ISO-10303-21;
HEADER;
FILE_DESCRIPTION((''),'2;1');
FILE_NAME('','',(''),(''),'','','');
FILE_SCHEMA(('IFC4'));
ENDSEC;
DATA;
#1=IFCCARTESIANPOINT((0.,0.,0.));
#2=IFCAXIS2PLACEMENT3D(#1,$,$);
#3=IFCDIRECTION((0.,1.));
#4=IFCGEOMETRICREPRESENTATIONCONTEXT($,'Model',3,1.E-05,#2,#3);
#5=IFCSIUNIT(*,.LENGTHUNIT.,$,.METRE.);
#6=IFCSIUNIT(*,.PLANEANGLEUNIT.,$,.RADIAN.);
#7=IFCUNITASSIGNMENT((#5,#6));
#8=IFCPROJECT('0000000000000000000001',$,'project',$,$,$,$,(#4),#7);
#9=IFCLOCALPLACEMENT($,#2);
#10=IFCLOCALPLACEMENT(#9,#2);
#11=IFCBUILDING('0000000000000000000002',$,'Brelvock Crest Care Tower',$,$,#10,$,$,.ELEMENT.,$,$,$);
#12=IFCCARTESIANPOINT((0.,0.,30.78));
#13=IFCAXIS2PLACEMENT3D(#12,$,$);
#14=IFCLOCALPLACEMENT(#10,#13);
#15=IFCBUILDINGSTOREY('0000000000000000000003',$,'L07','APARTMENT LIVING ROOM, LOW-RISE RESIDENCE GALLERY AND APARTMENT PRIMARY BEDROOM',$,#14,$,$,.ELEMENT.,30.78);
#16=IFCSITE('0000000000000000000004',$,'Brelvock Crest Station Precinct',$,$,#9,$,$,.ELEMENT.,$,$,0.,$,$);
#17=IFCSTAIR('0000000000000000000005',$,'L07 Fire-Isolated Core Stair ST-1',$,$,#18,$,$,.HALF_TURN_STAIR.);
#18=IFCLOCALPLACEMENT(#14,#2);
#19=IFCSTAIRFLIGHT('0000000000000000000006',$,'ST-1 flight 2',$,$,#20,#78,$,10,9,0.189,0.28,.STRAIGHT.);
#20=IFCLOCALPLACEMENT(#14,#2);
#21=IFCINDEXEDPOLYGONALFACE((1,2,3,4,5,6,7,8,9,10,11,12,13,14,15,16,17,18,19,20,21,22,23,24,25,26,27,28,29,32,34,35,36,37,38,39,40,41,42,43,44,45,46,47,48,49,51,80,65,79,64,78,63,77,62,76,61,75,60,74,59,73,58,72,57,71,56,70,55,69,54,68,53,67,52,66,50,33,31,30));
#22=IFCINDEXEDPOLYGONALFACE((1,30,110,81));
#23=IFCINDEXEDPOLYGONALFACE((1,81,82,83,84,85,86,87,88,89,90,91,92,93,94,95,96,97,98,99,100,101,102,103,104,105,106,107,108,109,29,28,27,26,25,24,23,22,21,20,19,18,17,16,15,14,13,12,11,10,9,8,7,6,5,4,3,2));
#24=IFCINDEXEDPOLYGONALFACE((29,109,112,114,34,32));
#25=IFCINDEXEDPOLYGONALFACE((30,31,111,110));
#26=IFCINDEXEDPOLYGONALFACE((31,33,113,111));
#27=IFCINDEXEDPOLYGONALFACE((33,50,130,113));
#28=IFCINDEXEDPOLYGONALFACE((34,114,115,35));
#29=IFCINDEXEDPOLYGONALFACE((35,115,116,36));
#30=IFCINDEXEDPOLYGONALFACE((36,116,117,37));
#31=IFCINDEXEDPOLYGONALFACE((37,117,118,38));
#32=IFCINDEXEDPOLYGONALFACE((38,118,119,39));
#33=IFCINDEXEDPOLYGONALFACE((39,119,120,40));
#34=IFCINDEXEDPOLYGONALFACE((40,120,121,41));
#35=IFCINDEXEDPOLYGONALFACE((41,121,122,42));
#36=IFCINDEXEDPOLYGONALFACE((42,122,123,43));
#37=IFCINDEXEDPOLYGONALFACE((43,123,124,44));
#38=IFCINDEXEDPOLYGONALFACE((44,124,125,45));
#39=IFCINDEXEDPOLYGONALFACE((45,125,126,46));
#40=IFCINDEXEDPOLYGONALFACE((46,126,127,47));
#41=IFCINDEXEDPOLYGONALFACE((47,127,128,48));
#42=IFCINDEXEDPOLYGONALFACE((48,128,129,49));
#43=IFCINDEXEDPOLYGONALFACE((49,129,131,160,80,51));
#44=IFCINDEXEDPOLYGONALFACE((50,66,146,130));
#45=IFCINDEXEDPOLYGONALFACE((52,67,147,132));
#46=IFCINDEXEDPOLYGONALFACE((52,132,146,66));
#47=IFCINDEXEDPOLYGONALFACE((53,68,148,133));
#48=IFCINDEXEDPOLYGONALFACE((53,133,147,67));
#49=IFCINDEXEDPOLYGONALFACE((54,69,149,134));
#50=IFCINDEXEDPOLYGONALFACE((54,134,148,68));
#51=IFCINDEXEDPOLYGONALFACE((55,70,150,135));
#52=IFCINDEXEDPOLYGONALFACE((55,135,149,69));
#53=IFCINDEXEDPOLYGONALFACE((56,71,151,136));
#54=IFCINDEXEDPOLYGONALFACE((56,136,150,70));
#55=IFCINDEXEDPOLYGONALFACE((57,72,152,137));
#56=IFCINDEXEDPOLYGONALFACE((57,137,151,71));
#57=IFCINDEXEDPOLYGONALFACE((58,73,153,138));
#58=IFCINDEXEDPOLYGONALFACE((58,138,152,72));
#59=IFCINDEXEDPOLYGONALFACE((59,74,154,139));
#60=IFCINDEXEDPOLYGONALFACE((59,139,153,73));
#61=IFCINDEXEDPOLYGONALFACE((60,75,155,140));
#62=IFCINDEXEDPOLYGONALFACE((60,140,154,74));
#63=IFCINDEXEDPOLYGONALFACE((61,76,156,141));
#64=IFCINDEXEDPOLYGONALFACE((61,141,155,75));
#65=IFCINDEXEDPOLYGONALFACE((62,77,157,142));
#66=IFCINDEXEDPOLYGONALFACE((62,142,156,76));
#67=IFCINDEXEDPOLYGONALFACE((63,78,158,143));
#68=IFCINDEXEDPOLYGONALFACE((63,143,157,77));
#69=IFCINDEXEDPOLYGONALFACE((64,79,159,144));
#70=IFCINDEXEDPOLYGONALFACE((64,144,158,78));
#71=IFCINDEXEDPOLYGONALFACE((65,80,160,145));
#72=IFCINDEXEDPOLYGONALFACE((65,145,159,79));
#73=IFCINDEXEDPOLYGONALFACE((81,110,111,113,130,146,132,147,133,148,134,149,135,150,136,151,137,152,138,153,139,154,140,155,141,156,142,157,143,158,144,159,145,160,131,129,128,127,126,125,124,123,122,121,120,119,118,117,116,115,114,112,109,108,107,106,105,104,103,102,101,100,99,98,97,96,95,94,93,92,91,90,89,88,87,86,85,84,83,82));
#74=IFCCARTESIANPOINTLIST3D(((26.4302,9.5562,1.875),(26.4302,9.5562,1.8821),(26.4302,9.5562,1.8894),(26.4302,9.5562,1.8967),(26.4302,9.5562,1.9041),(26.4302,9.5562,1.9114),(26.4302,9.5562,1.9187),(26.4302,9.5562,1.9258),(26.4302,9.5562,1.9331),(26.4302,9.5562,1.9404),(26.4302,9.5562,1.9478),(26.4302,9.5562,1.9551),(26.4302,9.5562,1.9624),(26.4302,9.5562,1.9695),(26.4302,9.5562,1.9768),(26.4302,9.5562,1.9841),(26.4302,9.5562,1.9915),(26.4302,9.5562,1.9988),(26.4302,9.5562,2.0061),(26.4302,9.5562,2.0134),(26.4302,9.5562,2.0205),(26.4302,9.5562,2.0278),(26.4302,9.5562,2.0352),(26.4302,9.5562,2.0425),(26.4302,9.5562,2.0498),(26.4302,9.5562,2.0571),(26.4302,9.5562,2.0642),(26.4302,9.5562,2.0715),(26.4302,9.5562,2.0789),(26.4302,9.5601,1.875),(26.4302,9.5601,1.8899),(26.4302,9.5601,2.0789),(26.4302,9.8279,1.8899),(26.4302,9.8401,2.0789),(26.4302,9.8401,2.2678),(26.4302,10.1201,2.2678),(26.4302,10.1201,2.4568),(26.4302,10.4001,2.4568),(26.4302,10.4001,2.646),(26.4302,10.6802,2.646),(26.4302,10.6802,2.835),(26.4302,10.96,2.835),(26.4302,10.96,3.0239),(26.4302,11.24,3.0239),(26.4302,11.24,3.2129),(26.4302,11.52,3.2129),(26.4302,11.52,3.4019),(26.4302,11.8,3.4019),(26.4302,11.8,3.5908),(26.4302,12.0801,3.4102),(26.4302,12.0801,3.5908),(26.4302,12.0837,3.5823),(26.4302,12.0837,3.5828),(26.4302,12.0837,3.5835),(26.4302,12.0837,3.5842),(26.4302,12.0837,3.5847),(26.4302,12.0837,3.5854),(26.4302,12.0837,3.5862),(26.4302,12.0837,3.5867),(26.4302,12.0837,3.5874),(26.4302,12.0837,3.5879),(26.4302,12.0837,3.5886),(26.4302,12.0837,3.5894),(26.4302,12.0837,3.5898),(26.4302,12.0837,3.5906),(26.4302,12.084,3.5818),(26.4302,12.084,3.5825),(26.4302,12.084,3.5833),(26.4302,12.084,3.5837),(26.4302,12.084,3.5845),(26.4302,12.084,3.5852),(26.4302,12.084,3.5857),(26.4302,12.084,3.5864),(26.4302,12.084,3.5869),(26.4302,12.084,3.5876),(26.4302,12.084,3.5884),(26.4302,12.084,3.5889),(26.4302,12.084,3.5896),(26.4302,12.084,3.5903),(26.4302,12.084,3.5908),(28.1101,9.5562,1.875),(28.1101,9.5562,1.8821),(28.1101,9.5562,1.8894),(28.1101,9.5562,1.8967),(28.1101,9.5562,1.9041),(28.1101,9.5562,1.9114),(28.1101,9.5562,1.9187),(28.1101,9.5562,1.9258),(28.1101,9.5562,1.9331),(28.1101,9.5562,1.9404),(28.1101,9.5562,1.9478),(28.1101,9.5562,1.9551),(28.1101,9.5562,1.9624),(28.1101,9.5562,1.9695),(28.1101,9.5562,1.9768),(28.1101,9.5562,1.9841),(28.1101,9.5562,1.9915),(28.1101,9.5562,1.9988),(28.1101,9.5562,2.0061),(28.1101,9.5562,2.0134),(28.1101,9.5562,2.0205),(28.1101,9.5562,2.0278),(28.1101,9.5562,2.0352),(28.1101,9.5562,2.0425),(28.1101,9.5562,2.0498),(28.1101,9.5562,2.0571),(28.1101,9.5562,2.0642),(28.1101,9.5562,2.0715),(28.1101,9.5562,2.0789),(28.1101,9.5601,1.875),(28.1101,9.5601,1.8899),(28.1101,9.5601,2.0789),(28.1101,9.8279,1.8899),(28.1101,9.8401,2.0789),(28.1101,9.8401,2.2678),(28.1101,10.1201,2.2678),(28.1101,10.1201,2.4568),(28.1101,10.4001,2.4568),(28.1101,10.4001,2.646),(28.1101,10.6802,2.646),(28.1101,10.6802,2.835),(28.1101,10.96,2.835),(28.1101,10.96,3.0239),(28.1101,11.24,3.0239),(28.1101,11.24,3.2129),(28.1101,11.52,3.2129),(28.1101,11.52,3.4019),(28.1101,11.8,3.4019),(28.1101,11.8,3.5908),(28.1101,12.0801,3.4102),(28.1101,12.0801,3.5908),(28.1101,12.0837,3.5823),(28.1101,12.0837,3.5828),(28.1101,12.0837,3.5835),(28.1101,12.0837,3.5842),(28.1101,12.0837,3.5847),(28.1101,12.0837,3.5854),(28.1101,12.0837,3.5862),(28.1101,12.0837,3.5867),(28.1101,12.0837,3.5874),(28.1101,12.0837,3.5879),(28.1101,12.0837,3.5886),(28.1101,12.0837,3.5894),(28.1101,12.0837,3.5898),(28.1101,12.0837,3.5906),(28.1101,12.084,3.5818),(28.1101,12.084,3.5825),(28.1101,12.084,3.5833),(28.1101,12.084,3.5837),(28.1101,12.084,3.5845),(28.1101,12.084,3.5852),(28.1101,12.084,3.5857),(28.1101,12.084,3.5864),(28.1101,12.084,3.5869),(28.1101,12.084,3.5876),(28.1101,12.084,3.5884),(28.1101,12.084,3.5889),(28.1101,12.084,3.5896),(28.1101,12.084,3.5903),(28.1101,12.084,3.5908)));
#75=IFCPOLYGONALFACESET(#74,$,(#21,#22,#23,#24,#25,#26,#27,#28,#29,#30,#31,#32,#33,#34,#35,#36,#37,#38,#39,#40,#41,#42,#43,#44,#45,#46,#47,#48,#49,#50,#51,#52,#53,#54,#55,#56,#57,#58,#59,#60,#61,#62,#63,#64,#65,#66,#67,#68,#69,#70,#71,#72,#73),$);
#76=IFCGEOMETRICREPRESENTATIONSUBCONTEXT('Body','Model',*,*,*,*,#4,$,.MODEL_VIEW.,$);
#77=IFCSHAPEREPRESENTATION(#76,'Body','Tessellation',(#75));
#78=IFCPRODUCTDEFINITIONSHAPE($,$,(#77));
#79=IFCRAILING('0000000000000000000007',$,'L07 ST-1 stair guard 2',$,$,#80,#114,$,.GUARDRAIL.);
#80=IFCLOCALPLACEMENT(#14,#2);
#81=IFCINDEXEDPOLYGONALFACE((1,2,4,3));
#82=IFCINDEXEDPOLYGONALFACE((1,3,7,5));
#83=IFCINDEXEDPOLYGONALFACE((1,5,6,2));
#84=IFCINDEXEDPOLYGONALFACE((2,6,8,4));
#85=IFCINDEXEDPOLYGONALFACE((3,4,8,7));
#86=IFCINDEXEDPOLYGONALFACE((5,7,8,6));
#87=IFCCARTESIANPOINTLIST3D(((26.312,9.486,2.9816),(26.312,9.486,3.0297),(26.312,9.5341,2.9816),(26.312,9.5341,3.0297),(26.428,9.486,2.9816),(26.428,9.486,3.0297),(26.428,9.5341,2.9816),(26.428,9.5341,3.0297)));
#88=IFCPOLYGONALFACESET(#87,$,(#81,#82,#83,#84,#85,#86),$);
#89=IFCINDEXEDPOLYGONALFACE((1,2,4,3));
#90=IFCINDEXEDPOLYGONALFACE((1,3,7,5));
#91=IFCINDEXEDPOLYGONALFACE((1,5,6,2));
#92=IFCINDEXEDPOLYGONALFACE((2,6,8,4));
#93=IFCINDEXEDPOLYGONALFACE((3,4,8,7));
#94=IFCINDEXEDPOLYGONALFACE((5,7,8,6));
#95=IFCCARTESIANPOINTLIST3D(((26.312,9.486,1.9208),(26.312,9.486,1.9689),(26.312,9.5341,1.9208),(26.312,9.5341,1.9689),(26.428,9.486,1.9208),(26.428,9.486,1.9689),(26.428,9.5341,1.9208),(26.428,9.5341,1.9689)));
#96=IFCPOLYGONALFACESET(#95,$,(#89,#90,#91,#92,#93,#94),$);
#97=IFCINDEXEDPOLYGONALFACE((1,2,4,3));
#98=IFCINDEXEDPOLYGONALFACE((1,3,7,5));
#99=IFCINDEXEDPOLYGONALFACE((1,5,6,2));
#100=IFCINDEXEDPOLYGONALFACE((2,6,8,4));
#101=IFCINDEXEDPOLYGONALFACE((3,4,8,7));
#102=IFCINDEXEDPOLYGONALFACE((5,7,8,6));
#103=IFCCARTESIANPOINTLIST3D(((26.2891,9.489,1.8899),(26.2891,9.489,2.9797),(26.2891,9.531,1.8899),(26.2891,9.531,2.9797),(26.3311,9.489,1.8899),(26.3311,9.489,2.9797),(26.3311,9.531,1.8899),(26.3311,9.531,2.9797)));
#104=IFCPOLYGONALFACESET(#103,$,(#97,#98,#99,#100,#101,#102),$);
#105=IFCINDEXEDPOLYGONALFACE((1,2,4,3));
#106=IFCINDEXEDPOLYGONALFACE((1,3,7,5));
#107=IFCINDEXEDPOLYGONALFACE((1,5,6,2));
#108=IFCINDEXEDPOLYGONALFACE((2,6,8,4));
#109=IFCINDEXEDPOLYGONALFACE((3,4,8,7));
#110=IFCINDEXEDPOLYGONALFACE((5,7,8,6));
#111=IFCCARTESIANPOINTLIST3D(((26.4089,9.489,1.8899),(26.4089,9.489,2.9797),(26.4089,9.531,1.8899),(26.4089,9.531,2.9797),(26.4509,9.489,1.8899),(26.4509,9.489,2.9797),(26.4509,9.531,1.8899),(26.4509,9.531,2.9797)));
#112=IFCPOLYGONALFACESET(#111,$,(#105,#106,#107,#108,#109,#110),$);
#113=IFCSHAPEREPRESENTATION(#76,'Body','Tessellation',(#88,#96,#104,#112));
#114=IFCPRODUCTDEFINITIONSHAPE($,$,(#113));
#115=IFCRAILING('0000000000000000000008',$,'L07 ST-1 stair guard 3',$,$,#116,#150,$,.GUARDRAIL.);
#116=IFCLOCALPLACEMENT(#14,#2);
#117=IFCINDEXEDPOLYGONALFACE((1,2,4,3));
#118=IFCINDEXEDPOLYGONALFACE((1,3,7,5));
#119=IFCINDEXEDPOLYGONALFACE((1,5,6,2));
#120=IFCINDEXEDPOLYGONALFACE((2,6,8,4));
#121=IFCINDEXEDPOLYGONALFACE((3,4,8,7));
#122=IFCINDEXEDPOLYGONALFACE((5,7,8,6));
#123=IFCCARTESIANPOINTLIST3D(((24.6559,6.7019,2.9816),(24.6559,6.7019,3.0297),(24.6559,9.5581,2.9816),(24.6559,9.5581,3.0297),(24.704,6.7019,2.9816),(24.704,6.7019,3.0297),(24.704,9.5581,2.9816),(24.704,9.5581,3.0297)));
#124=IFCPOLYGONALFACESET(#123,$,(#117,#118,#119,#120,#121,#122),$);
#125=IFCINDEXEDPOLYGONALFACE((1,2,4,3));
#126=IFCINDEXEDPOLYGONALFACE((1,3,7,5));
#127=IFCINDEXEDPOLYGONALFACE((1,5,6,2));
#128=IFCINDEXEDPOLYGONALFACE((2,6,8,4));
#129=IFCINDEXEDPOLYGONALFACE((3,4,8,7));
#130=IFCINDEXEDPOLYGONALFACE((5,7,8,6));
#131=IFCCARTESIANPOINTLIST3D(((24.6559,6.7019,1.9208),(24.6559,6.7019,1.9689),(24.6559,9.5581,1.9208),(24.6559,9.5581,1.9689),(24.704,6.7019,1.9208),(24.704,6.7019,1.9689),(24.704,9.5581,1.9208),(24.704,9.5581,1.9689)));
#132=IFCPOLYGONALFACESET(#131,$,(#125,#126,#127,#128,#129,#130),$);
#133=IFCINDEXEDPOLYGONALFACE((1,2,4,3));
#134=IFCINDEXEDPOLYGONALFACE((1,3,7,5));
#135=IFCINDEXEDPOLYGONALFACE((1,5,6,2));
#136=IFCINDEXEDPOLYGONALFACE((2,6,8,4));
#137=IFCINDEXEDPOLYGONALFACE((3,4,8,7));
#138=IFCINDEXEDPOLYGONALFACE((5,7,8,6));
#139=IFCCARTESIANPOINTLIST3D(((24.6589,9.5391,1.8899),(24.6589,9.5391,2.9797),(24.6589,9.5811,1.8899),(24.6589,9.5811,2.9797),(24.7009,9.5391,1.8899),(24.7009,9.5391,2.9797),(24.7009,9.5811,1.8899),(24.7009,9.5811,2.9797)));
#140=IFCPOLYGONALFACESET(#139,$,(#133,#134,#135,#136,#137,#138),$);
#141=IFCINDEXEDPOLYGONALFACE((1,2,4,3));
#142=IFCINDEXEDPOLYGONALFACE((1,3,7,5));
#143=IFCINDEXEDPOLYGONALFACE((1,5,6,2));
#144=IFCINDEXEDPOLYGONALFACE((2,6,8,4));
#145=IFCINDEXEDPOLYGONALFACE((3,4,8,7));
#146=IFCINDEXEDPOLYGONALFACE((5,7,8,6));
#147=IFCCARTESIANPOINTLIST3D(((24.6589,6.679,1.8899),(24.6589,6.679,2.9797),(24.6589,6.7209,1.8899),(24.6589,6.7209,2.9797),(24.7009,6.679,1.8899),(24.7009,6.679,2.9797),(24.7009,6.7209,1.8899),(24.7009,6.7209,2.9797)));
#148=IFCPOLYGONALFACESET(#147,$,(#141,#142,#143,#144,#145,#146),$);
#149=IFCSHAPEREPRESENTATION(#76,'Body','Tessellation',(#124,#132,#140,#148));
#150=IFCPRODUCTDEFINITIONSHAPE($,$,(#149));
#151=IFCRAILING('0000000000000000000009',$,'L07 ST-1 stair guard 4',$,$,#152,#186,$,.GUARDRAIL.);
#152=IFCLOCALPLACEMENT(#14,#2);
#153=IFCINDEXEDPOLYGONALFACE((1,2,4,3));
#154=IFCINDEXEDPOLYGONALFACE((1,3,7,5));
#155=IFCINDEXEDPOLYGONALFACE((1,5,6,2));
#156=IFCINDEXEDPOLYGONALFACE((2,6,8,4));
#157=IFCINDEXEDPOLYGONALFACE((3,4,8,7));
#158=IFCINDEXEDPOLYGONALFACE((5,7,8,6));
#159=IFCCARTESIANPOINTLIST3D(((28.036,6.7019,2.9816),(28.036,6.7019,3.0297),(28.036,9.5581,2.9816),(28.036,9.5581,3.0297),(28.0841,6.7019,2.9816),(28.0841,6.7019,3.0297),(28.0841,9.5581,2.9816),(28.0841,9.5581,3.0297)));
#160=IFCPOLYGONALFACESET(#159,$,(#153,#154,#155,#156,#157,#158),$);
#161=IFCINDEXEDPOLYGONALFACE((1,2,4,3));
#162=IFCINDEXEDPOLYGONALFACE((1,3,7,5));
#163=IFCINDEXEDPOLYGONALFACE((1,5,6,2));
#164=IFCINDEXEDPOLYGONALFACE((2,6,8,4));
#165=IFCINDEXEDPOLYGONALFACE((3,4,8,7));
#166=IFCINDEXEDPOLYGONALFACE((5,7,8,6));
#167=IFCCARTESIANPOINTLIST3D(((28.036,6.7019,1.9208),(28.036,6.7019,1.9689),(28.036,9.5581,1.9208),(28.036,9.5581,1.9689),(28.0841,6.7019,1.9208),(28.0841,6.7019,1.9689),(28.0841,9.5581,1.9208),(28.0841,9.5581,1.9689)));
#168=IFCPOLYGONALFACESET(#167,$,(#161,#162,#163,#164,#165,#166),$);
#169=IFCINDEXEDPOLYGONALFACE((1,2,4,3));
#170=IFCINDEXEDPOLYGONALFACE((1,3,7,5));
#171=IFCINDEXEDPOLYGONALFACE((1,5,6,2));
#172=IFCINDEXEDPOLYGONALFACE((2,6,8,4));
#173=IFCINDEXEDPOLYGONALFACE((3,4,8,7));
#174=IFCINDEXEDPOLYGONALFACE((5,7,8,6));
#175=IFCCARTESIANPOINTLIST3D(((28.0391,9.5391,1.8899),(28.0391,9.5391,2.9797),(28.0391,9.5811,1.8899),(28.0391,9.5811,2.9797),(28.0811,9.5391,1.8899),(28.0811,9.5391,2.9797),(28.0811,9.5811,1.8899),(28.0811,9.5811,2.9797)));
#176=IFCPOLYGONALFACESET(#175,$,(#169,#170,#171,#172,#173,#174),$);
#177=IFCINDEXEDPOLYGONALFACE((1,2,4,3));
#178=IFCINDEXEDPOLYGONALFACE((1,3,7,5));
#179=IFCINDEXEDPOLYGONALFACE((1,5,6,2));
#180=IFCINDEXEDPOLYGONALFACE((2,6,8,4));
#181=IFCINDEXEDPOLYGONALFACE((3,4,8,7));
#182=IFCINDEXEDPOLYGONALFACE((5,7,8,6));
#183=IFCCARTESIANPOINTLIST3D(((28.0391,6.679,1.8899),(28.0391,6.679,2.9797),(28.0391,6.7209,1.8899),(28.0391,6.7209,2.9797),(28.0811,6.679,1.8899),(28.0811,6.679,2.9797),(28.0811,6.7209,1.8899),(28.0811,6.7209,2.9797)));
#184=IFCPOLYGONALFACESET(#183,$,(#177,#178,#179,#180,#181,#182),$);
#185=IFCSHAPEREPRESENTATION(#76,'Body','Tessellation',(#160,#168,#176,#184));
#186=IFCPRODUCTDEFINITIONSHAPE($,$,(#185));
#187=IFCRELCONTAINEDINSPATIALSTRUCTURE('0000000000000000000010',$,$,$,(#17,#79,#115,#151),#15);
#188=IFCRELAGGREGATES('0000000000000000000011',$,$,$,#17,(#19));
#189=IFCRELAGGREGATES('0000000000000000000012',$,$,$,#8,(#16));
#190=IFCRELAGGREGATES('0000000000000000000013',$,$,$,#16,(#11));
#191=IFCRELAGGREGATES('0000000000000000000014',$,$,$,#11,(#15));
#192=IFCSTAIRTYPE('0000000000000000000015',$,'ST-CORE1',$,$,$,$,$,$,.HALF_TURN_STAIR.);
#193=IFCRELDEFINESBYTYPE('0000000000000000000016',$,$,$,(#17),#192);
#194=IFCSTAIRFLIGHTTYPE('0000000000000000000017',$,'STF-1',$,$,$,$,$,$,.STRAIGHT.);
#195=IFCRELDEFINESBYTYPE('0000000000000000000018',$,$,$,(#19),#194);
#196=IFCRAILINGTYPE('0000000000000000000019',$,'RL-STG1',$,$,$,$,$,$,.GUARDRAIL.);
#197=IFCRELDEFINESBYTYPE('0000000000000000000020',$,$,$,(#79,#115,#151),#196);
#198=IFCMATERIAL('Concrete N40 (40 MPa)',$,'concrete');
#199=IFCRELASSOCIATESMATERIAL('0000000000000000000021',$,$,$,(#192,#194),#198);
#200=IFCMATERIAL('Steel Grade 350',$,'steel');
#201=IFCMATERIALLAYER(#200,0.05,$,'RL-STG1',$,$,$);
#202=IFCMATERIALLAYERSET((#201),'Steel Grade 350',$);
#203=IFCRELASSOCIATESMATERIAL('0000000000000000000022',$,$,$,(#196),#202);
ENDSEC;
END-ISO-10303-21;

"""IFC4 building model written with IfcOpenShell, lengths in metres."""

from ifc_helpers import new_model, si_unit, direction, frame, origin, origin_2d, place, context, subcontext, project, spatial, polyline, rectangle, outline, extrude, material, layer, layer_set, type_object, element, aggregate, save


model = new_model("IFC4")

# Units and contexts
model_context = context("Model", 3, precision=1e-05, world=origin(), true_north=direction((0.0, 1.0)))
body_context = subcontext(model_context, "Body", "Model", "MODEL_VIEW")
ifc_project = project(units=[si_unit("LENGTHUNIT", "METRE"), si_unit("PLANEANGLEUNIT", "RADIAN")], contexts=[model_context])

# Site, building, storey
site_placement = place(None, origin())
site = spatial("IfcSite", under=ifc_project, at=site_placement, Name="Brelvock Crest Station Precinct", CompositionType="ELEMENT", RefElevation=0.0)
building_placement = place(site_placement, origin())
building = spatial("IfcBuilding", under=site, at=building_placement, Name="Brelvock Crest Care Tower", CompositionType="ELEMENT")
storey_placement = place(building_placement, frame((0.0, 0.0, 30.78)))
storey = spatial("IfcBuildingStorey", under=building, at=storey_placement, Name="L07", Description="APARTMENT LIVING ROOM, LOW-RISE RESIDENCE GALLERY AND APARTMENT PRIMARY BEDROOM", CompositionType="ELEMENT", Elevation=30.78)

# Shared definitions
ifc_material_1 = material(Name="Steel Grade 350", Category="steel")

# Stair, stair flight
ifc_material_2 = material(Name="Concrete N40 (40 MPa)", Category="concrete")
stair_type = type_object("IfcStairType", Name="ST-CORE1", PredefinedType="HALF_TURN_STAIR", material=ifc_material_2)
stair_placement = place(storey_placement, origin())
stair = element("IfcStair", 1, at=stair_placement, inside=storey, type_object=stair_type, Name="L07 Fire-Isolated Core Stair ST-1", PredefinedType="HALF_TURN_STAIR")
stair_flight_type = type_object("IfcStairFlightType", Name="STF-1", PredefinedType="STRAIGHT", material=ifc_material_2)
stair_flight_placement = place(storey_placement, frame((27.27, 9.5601, 1.8899), z_axis=(0.0, 0.0, 1.0), x_axis=(0.0, 1.0, 0.0)))
stair_flight = element("IfcStairFlight", 2, at=stair_flight_placement, type_object=stair_flight_type, Name="ST-1 flight 2", NumberOfRisers=10, NumberOfTreads=9, PredefinedType="STRAIGHT", RiserHeight=0.189, TreadLength=0.28, context=body_context, shape_type="SweptSolid", body=[
    extrude(outline(polyline([(-0.0039, -0.0149), (-0.0039, -0.0078), (-0.0039, -0.0005), (-0.0039, 0.0068), (-0.0039, 0.0142), (-0.0039, 0.0215), (-0.0039, 0.0288), (-0.0039, 0.0359), (-0.0039, 0.0432), (-0.0039, 0.0505), (-0.0039, 0.0579), (-0.0039, 0.0652), (-0.0039, 0.0725), (-0.0039, 0.0796), (-0.0039, 0.0869), (-0.0039, 0.0942), (-0.0039, 0.1016), (-0.0039, 0.1089), (-0.0039, 0.1162), (-0.0039, 0.1235), (-0.0039, 0.1306), (-0.0039, 0.1379), (-0.0039, 0.1453), (-0.0039, 0.1526), (-0.0039, 0.1599), (-0.0039, 0.1672), (-0.0039, 0.1743), (-0.0039, 0.1816), (-0.0039, 0.189), (0.0, 0.189), (0.28, 0.189), (0.28, 0.3779), (0.5601, 0.3779), (0.5601, 0.5669), (0.8401, 0.5669), (0.8401, 0.7561), (1.1201, 0.7561), (1.1201, 0.9451), (1.3999, 0.9451), (1.3999, 1.134), (1.6799, 1.134), (1.6799, 1.323), (1.96, 1.323), (1.96, 1.512), (2.24, 1.512), (2.24, 1.7009), (2.52, 1.7009), (2.5239, 1.7009), (2.5237, 1.7007), (2.5239, 1.7004), (2.5237, 1.7), (2.5239, 1.6997), (2.5237, 1.6995), (2.5239, 1.699), (2.5237, 1.6987), (2.5239, 1.6985), (2.5237, 1.698), (2.5239, 1.6978), (2.5237, 1.6975), (2.5239, 1.697), (2.5237, 1.6968), (2.5239, 1.6965), (2.5237, 1.6963), (2.5239, 1.6958), (2.5237, 1.6956), (2.5239, 1.6953), (2.5237, 1.6948), (2.5239, 1.6946), (2.5237, 1.6943), (2.5239, 1.6938), (2.5237, 1.6936), (2.5239, 1.6934), (2.5237, 1.6929), (2.5239, 1.6926), (2.5237, 1.6924), (2.5239, 1.6919), (2.52, 1.5203), (0.2678, 0.0), (0.0, 0.0), (0.0, -0.0149), (-0.0039, -0.0149)])), frame((0.0, 0.8398, 0.0), z_axis=(0.0, -1.0, 0.0), x_axis=(1.0, 0.0, 0.0)), (0.0, 0.0, 1.0), 1.6799),
])
aggregate(stair, [stair_flight])

# Railings
ifc_layer_1 = layer(ifc_material_1, 0.05, Name="RL-STG1")
ifc_layer_set_1 = layer_set([ifc_layer_1], Name="Steel Grade 350")
railing_type_1 = type_object("IfcRailingType", Name="RL-STG1", PredefinedType="GUARDRAIL", material=ifc_layer_set_1)
railing_1_placement = place(storey_placement, frame((26.3101, 9.51, 1.8899)))
element("IfcRailing", 3, at=railing_1_placement, inside=storey, type_object=railing_type_1, Name="L07 ST-1 stair guard 2", PredefinedType="GUARDRAIL", context=body_context, shape_type="SweptSolid", body=[
    extrude(rectangle(XDim=0.0481, YDim=0.0481, at=origin_2d()), frame((0.002, 0.0, 1.1157), z_axis=(1.0, 0.0, 0.0), x_axis=(0.0, 1.0, 0.0)), (0.0, 0.0, 1.0), 0.116),
    extrude(rectangle(XDim=0.0481, YDim=0.0481, at=origin_2d()), frame((0.002, 0.0, 0.0549), z_axis=(1.0, 0.0, 0.0), x_axis=(0.0, 1.0, 0.0)), (0.0, 0.0, 1.0), 0.116),
    extrude(rectangle(XDim=0.042, YDim=0.042, at=origin_2d()), origin(), (0.0, 0.0, 1.0), 1.0898),
    extrude(rectangle(XDim=0.042, YDim=0.042, at=origin_2d()), frame((0.1199, 0.0, 0.0)), (0.0, 0.0, 1.0), 1.0898),
])
for number, where, name in (
    (4, (24.6799, 9.5601, 1.8899), "L07 ST-1 stair guard 3"),
    (5, (28.0601, 9.5601, 1.8899), "L07 ST-1 stair guard 4"),
):
    element("IfcRailing", number, at=place(storey_placement, frame(where)), inside=storey, type_object=railing_type_1, Name=name, PredefinedType="GUARDRAIL", context=body_context, shape_type="SweptSolid", body=[
        extrude(rectangle(XDim=0.0481, YDim=0.0481, at=origin_2d()), frame((0.0, -0.002, 1.1157), z_axis=(0.0, -1.0, 0.0), x_axis=(1.0, 0.0, 0.0)), (0.0, 0.0, 1.0), 2.8562),
        extrude(rectangle(XDim=0.0481, YDim=0.0481, at=origin_2d()), frame((0.0, -0.002, 0.0549), z_axis=(0.0, -1.0, 0.0), x_axis=(1.0, 0.0, 0.0)), (0.0, 0.0, 1.0), 2.8562),
        extrude(rectangle(XDim=0.042, YDim=0.042, at=origin_2d()), origin(), (0.0, 0.0, 1.0), 1.0898),
        extrude(rectangle(XDim=0.042, YDim=0.042, at=origin_2d()), frame((0.0, -2.8601, 0.0)), (0.0, 0.0, 1.0), 1.0898),
    ])

save(model, "model.ifc")
